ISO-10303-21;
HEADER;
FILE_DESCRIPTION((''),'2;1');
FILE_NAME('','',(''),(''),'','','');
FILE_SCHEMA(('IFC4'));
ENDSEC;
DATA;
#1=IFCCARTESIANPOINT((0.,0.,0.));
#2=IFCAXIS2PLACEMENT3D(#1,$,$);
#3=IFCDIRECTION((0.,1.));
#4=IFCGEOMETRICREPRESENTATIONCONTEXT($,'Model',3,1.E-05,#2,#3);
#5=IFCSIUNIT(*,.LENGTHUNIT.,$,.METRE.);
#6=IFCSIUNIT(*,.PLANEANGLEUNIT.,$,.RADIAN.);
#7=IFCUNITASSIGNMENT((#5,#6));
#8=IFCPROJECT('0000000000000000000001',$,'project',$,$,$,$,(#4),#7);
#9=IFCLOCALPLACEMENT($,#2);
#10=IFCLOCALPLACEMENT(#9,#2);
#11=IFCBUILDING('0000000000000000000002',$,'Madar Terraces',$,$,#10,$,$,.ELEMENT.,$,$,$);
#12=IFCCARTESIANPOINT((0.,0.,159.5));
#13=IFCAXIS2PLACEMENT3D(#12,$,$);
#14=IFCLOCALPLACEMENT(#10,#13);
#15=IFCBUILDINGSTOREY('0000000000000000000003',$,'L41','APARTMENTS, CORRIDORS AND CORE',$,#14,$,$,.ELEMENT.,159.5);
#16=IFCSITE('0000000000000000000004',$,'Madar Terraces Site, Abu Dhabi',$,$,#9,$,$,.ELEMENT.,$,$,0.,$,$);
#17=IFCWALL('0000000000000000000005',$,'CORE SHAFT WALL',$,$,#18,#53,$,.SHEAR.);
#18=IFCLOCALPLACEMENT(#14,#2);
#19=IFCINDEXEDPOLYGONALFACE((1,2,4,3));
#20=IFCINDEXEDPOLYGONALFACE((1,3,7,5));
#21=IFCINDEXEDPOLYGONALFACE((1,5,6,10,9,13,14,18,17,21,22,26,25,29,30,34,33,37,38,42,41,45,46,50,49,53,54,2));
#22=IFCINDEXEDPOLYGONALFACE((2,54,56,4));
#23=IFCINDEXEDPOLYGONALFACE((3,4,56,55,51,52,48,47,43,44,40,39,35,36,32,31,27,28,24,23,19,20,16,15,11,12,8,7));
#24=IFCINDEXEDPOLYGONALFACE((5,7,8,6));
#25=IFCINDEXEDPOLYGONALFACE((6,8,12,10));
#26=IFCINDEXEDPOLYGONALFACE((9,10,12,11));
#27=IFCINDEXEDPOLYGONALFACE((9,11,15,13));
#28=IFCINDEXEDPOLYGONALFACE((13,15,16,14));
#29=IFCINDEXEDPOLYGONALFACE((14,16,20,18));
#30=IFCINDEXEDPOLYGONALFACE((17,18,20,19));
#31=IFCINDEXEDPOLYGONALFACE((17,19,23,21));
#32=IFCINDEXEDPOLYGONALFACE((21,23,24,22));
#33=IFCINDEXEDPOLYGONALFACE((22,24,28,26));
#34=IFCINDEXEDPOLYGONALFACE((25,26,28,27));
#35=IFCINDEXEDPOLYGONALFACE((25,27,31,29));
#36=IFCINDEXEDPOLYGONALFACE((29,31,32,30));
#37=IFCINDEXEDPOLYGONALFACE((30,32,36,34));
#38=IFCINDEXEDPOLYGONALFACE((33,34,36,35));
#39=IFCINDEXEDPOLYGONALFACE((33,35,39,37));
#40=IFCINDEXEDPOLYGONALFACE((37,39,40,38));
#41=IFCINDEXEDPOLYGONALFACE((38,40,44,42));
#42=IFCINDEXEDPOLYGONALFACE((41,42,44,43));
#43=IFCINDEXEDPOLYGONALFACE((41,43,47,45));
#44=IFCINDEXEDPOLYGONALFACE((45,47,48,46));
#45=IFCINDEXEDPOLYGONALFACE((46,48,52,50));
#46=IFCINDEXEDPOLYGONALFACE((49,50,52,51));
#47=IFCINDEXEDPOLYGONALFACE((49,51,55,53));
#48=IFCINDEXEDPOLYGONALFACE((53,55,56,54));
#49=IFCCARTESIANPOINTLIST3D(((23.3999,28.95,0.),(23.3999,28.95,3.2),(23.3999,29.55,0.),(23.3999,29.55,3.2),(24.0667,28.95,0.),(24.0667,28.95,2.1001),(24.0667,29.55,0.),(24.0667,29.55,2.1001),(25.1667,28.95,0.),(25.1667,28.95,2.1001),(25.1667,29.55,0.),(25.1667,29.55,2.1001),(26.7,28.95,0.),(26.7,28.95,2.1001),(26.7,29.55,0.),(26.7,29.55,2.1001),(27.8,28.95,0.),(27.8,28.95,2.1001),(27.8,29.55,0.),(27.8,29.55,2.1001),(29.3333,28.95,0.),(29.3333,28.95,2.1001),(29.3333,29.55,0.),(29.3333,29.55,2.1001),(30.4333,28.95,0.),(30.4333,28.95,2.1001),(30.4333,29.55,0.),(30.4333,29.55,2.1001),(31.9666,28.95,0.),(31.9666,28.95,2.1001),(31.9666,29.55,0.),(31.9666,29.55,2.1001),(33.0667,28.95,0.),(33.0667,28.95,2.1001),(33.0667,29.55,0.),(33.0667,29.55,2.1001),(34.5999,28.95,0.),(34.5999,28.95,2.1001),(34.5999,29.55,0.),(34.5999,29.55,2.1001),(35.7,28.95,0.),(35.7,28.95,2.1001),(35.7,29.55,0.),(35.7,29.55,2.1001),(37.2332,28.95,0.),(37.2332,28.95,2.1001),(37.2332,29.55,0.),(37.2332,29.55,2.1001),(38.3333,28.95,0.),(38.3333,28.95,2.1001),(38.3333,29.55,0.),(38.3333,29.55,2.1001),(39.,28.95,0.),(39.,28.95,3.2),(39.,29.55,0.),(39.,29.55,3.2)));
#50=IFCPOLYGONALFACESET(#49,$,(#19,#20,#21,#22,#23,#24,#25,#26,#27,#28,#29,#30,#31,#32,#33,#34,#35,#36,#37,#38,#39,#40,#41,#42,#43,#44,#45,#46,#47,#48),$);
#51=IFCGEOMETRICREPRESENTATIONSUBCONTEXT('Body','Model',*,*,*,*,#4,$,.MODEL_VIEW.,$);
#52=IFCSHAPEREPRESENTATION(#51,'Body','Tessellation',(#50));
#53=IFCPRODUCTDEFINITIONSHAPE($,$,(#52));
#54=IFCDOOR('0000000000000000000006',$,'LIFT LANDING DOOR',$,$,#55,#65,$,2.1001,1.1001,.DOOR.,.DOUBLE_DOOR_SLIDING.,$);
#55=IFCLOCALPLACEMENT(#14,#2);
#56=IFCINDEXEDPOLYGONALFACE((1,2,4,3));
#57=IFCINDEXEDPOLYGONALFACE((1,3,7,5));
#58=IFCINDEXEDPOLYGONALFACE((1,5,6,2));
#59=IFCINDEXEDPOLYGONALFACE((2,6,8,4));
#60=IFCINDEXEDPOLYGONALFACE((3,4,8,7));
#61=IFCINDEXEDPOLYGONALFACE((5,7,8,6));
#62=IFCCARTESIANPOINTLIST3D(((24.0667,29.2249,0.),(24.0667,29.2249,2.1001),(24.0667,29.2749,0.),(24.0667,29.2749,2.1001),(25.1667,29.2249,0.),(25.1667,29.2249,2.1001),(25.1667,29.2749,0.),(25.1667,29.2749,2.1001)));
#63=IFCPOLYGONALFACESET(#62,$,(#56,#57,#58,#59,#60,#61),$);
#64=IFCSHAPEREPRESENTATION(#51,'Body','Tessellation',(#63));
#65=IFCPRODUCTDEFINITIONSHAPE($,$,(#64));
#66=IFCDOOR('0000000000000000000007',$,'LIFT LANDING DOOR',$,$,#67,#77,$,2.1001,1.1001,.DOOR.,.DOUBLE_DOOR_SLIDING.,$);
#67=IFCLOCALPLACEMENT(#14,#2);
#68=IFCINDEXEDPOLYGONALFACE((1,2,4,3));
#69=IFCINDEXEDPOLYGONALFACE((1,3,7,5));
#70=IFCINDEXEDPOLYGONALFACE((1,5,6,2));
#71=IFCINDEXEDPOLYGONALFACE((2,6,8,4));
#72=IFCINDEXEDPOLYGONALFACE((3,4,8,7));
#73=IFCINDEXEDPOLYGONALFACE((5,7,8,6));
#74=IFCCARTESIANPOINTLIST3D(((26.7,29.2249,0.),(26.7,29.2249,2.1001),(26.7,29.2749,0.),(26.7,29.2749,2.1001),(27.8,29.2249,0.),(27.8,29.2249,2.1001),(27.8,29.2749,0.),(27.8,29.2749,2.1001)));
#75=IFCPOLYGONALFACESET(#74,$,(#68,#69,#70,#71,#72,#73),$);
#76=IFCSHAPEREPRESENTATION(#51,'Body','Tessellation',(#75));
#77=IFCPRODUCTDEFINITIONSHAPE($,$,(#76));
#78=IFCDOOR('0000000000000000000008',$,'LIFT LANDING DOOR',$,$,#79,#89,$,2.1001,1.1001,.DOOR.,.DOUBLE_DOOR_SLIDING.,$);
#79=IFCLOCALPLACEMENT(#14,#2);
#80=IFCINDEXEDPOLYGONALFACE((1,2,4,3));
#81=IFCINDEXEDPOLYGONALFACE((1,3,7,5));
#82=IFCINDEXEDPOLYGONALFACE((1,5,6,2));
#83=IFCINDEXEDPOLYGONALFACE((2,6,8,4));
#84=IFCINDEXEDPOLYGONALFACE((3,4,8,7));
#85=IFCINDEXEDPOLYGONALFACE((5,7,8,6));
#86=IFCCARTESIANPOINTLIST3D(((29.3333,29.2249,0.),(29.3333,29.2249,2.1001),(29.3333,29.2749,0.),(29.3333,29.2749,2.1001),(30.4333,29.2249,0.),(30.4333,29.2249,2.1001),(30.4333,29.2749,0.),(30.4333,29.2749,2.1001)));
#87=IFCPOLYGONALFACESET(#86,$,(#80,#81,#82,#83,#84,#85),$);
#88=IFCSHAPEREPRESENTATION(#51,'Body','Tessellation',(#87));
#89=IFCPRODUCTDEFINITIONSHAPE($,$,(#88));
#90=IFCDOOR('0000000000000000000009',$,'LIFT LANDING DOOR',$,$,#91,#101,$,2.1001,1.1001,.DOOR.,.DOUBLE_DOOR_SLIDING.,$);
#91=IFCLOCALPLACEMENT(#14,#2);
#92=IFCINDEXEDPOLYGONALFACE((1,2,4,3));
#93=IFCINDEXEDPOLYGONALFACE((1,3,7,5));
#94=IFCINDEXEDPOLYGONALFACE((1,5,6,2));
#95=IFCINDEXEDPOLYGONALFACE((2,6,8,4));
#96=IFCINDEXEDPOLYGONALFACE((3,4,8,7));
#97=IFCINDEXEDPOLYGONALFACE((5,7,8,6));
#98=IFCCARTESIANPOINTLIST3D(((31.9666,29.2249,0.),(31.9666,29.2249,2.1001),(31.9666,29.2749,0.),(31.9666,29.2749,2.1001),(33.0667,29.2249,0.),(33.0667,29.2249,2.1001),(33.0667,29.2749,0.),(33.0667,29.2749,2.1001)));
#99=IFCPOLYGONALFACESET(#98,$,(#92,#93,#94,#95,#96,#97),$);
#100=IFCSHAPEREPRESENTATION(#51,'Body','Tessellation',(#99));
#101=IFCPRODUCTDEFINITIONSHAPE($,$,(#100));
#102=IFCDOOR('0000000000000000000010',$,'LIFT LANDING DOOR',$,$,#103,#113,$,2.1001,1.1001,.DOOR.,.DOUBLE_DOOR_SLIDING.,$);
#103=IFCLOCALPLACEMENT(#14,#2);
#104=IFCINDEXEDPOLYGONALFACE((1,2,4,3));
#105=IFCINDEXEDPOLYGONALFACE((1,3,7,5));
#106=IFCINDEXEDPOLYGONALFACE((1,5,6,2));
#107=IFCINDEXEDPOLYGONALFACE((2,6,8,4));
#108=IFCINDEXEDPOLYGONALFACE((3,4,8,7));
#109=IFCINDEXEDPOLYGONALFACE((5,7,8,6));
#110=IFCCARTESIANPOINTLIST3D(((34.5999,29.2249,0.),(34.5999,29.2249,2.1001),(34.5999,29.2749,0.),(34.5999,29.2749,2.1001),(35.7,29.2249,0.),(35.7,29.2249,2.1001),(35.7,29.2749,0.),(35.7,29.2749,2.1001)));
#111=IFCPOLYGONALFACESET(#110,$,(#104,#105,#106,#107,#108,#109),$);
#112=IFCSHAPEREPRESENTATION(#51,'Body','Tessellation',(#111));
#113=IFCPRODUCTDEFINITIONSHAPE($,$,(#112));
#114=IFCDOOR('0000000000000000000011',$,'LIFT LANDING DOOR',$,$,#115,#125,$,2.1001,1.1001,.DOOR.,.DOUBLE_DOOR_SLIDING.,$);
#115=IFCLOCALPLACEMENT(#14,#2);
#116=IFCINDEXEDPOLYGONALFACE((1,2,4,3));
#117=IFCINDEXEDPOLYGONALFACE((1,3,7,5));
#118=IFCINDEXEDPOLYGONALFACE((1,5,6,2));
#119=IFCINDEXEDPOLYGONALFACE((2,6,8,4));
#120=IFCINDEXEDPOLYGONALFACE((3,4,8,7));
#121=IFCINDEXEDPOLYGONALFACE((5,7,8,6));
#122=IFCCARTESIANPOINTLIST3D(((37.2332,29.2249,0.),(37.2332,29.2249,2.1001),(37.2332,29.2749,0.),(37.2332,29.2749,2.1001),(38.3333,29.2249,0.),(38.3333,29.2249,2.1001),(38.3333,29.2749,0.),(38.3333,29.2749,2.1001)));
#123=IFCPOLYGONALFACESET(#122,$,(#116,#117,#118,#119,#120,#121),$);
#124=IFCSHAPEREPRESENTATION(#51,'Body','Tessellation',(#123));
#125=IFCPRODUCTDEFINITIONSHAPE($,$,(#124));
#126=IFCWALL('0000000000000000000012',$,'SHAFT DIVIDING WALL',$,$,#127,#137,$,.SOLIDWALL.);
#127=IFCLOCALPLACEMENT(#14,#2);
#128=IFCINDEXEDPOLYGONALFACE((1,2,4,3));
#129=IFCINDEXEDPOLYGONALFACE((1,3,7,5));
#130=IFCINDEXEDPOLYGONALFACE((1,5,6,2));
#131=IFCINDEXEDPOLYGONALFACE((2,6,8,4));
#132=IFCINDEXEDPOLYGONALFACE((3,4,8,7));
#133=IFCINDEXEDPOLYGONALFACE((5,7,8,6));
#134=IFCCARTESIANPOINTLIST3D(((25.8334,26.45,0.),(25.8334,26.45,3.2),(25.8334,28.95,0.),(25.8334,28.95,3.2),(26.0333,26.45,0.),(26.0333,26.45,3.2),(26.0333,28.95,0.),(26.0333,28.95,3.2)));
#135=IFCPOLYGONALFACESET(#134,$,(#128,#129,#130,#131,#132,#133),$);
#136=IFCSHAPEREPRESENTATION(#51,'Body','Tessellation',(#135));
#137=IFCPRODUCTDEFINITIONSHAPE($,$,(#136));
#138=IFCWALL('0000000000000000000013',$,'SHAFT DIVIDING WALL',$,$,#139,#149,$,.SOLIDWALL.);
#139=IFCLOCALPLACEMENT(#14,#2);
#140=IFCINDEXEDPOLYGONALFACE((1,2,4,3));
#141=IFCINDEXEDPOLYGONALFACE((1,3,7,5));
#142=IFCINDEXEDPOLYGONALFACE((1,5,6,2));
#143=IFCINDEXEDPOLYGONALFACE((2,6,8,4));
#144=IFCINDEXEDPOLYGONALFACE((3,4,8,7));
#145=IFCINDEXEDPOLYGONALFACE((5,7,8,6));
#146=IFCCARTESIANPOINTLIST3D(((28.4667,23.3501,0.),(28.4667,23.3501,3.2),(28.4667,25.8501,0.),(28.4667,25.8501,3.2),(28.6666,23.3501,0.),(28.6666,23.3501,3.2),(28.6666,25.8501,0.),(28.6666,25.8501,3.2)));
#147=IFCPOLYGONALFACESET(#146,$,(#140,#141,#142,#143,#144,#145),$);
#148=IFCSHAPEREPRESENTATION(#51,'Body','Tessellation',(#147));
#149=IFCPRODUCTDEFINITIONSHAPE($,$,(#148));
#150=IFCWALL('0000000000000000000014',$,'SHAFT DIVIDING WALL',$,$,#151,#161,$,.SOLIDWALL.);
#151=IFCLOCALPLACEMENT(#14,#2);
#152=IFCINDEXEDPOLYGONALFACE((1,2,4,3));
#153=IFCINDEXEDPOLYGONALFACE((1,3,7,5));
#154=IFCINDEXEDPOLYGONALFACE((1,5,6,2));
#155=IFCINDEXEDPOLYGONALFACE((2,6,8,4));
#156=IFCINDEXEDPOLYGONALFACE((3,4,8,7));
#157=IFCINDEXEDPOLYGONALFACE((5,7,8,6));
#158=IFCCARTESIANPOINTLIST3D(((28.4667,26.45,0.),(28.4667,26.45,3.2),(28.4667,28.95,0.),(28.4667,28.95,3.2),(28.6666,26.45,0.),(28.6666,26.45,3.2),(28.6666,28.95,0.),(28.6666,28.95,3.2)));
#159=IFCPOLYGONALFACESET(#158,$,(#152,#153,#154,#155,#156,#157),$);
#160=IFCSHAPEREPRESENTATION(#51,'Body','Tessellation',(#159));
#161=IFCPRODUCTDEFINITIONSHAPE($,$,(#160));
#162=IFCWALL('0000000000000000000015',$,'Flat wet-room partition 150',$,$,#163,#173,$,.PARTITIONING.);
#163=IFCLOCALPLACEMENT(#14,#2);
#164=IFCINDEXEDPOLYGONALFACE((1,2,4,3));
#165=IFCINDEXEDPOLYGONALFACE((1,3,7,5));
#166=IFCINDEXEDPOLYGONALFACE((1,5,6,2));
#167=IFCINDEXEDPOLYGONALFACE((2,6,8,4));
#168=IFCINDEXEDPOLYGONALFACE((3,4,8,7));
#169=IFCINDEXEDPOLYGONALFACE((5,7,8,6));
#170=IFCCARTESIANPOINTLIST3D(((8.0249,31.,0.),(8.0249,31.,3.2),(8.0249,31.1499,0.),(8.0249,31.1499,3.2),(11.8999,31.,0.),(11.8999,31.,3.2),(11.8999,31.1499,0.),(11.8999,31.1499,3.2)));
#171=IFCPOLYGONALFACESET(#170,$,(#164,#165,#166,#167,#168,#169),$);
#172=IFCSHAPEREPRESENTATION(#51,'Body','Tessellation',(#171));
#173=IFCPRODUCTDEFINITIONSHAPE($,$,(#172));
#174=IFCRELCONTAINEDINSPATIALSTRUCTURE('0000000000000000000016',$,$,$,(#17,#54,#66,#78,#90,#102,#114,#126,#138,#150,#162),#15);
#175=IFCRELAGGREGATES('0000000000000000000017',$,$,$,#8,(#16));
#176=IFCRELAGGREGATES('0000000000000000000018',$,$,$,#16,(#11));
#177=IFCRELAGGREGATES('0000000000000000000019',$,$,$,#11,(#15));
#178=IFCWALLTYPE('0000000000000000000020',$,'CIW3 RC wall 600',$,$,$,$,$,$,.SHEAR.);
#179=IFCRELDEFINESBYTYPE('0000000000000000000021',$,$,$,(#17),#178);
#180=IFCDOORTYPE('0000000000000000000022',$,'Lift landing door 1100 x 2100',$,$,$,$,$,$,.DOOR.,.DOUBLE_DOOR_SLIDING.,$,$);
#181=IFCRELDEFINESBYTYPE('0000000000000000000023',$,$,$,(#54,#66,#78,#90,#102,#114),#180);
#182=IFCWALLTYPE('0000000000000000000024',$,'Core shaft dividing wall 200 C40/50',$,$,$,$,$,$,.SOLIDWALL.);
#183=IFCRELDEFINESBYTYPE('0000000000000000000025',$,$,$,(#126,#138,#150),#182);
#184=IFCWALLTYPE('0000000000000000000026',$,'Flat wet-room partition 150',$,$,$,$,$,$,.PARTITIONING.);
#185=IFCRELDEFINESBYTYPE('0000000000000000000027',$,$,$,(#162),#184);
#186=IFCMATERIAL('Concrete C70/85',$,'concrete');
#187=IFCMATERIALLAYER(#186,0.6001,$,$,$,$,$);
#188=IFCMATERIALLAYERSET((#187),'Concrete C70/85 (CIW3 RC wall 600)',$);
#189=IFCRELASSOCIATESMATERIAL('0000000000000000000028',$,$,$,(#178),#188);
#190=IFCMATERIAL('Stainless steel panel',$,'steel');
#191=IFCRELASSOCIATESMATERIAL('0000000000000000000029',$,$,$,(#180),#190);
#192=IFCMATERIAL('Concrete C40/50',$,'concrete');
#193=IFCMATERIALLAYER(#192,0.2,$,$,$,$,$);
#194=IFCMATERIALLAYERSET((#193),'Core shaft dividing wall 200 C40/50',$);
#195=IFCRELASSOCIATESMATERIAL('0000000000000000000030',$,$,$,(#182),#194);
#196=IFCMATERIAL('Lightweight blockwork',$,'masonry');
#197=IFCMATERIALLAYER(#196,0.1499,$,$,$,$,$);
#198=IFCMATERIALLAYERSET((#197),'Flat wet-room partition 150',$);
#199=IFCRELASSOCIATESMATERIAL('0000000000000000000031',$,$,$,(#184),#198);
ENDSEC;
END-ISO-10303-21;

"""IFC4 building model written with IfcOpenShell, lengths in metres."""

from ifc_helpers import new_model, si_unit, direction, frame, frame_2d, origin, place, context, subcontext, project, spatial, rectangle, extrude, material, layer, layer_set, type_object, element, fill, save


model = new_model("IFC4")

# Units and contexts
model_context = context("Model", 3, precision=1e-05, world=origin(), true_north=direction((0.0, 1.0)))
body_context = subcontext(model_context, "Body", "Model", "MODEL_VIEW")
ifc_project = project(units=[si_unit("LENGTHUNIT", "METRE"), si_unit("PLANEANGLEUNIT", "RADIAN")], contexts=[model_context])

# Site, building, storey
site_placement = place(None, origin())
site = spatial("IfcSite", under=ifc_project, at=site_placement, Name="Madar Terraces Site, Abu Dhabi", CompositionType="ELEMENT", RefElevation=0.0)
building_placement = place(site_placement, origin())
building = spatial("IfcBuilding", under=site, at=building_placement, Name="Madar Terraces", CompositionType="ELEMENT")
storey_placement = place(building_placement, frame((0.0, 0.0, 159.5)))
storey = spatial("IfcBuildingStorey", under=building, at=storey_placement, Name="L41", Description="APARTMENTS, CORRIDORS AND CORE", CompositionType="ELEMENT", Elevation=159.5)

# Shared definitions
ifc_material_1 = material(Name="Concrete C70/85", Category="concrete")
ifc_layer_1 = layer(ifc_material_1, 0.6001)
ifc_layer_set_1 = layer_set([ifc_layer_1], Name="Concrete C70/85 (CIW3 RC wall 600)")
wall_type_1 = type_object("IfcWallType", Name="CIW3 RC wall 600", PredefinedType="SHEAR", material=ifc_layer_set_1)

# Wall, openings, doors
wall_1_placement = place(storey_placement, frame((23.3999, 29.25, 0.0), z_axis=(0.0, 0.0, 1.0), x_axis=(1.0, 0.0, 0.0)))
wall_1 = element("IfcWall", 1, at=wall_1_placement, inside=storey, type_object=wall_type_1, Name="CORE SHAFT WALL", PredefinedType="SHEAR", context=body_context, shape_type="SweptSolid", body=[
    extrude(rectangle(XDim=15.6001, YDim=0.6001, at=frame_2d((7.8, 0.0))), origin(), (0.0, 0.0, 1.0), 3.2),
])
opening_1_placement = place(wall_1_placement, frame((0.6667, 0.0, 0.0)))
opening_1 = element("IfcOpeningElement", 2, at=opening_1_placement, cuts=wall_1, PredefinedType="OPENING", context=body_context, shape_type="SweptSolid", body=[
    extrude(rectangle(XDim=1.1001, YDim=2.1001, at=frame_2d((0.55, 1.05))), frame((0.0, 0.3101, 0.0), z_axis=(0.0, -1.0, 0.0), x_axis=(1.0, 0.0, 0.0)), (0.0, 0.0, 1.0), 0.6201),
])
opening_2_placement = place(wall_1_placement, frame((3.3, 0.0, 0.0)))
opening_2 = element("IfcOpeningElement", 3, at=opening_2_placement, cuts=wall_1, PredefinedType="OPENING", context=body_context, shape_type="SweptSolid", body=[
    extrude(rectangle(XDim=1.1001, YDim=2.1001, at=frame_2d((0.55, 1.05))), frame((0.0, 0.3101, 0.0), z_axis=(0.0, -1.0, 0.0), x_axis=(1.0, 0.0, 0.0)), (0.0, 0.0, 1.0), 0.6201),
])
opening_3_placement = place(wall_1_placement, frame((5.9333, 0.0, 0.0)))
opening_3 = element("IfcOpeningElement", 4, at=opening_3_placement, cuts=wall_1, PredefinedType="OPENING", context=body_context, shape_type="SweptSolid", body=[
    extrude(rectangle(XDim=1.1001, YDim=2.1001, at=frame_2d((0.55, 1.05))), frame((0.0, 0.3101, 0.0), z_axis=(0.0, -1.0, 0.0), x_axis=(1.0, 0.0, 0.0)), (0.0, 0.0, 1.0), 0.6201),
])
opening_4_placement = place(wall_1_placement, frame((8.5667, 0.0, 0.0)))
opening_4 = element("IfcOpeningElement", 5, at=opening_4_placement, cuts=wall_1, PredefinedType="OPENING", context=body_context, shape_type="SweptSolid", body=[
    extrude(rectangle(XDim=1.1001, YDim=2.1001, at=frame_2d((0.55, 1.05))), frame((0.0, 0.3101, 0.0), z_axis=(0.0, -1.0, 0.0), x_axis=(1.0, 0.0, 0.0)), (0.0, 0.0, 1.0), 0.6201),
])
opening_5_placement = place(wall_1_placement, frame((11.2, 0.0, 0.0)))
opening_5 = element("IfcOpeningElement", 6, at=opening_5_placement, cuts=wall_1, PredefinedType="OPENING", context=body_context, shape_type="SweptSolid", body=[
    extrude(rectangle(XDim=1.1001, YDim=2.1001, at=frame_2d((0.55, 1.05))), frame((0.0, 0.3101, 0.0), z_axis=(0.0, -1.0, 0.0), x_axis=(1.0, 0.0, 0.0)), (0.0, 0.0, 1.0), 0.6201),
])
opening_6_placement = place(wall_1_placement, frame((13.8333, 0.0, 0.0)))
opening_6 = element("IfcOpeningElement", 7, at=opening_6_placement, cuts=wall_1, PredefinedType="OPENING", context=body_context, shape_type="SweptSolid", body=[
    extrude(rectangle(XDim=1.1001, YDim=2.1001, at=frame_2d((0.55, 1.05))), frame((0.0, 0.3101, 0.0), z_axis=(0.0, -1.0, 0.0), x_axis=(1.0, 0.0, 0.0)), (0.0, 0.0, 1.0), 0.6201),
])
ifc_material_2 = material(Name="Stainless steel panel", Category="steel")
door_type_1 = type_object("IfcDoorType", Name="Lift landing door 1100 x 2100", OperationType="DOUBLE_DOOR_SLIDING", PredefinedType="DOOR", material=ifc_material_2)
door_1_placement = place(opening_1_placement, origin())
door_1 = element("IfcDoor", 8, at=door_1_placement, inside=storey, type_object=door_type_1, Name="LIFT LANDING DOOR", OperationType="DOUBLE_DOOR_SLIDING", OverallHeight=2.1001, OverallWidth=1.1001, PredefinedType="DOOR", context=body_context, shape_type="SweptSolid", body=[
    extrude(rectangle(XDim=1.1001, YDim=2.1001, at=frame_2d((0.55, 1.05))), frame((0.0, 0.0249, 0.0), z_axis=(0.0, -1.0, 0.0), x_axis=(1.0, 0.0, 0.0)), (0.0, 0.0, 1.0), 0.05),
])
fill(opening_1, door_1)
door_2_placement = place(opening_2_placement, origin())
door_2 = element("IfcDoor", 9, at=door_2_placement, inside=storey, type_object=door_type_1, Name="LIFT LANDING DOOR", OperationType="DOUBLE_DOOR_SLIDING", OverallHeight=2.1001, OverallWidth=1.1001, PredefinedType="DOOR", context=body_context, shape_type="SweptSolid", body=[
    extrude(rectangle(XDim=1.1001, YDim=2.1001, at=frame_2d((0.55, 1.05))), frame((0.0, 0.0249, 0.0), z_axis=(0.0, -1.0, 0.0), x_axis=(1.0, 0.0, 0.0)), (0.0, 0.0, 1.0), 0.05),
])
fill(opening_2, door_2)
door_3_placement = place(opening_3_placement, origin())
door_3 = element("IfcDoor", 10, at=door_3_placement, inside=storey, type_object=door_type_1, Name="LIFT LANDING DOOR", OperationType="DOUBLE_DOOR_SLIDING", OverallHeight=2.1001, OverallWidth=1.1001, PredefinedType="DOOR", context=body_context, shape_type="SweptSolid", body=[
    extrude(rectangle(XDim=1.1001, YDim=2.1001, at=frame_2d((0.55, 1.05))), frame((0.0, 0.0249, 0.0), z_axis=(0.0, -1.0, 0.0), x_axis=(1.0, 0.0, 0.0)), (0.0, 0.0, 1.0), 0.05),
])
fill(opening_3, door_3)
door_4_placement = place(opening_4_placement, origin())
door_4 = element("IfcDoor", 11, at=door_4_placement, inside=storey, type_object=door_type_1, Name="LIFT LANDING DOOR", OperationType="DOUBLE_DOOR_SLIDING", OverallHeight=2.1001, OverallWidth=1.1001, PredefinedType="DOOR", context=body_context, shape_type="SweptSolid", body=[
    extrude(rectangle(XDim=1.1001, YDim=2.1001, at=frame_2d((0.55, 1.05))), frame((0.0, 0.0249, 0.0), z_axis=(0.0, -1.0, 0.0), x_axis=(1.0, 0.0, 0.0)), (0.0, 0.0, 1.0), 0.05),
])
fill(opening_4, door_4)
door_5_placement = place(opening_5_placement, origin())
door_5 = element("IfcDoor", 12, at=door_5_placement, inside=storey, type_object=door_type_1, Name="LIFT LANDING DOOR", OperationType="DOUBLE_DOOR_SLIDING", OverallHeight=2.1001, OverallWidth=1.1001, PredefinedType="DOOR", context=body_context, shape_type="SweptSolid", body=[
    extrude(rectangle(XDim=1.1001, YDim=2.1001, at=frame_2d((0.55, 1.05))), frame((0.0, 0.0249, 0.0), z_axis=(0.0, -1.0, 0.0), x_axis=(1.0, 0.0, 0.0)), (0.0, 0.0, 1.0), 0.05),
])
fill(opening_5, door_5)
door_6_placement = place(opening_6_placement, origin())
door_6 = element("IfcDoor", 13, at=door_6_placement, inside=storey, type_object=door_type_1, Name="LIFT LANDING DOOR", OperationType="DOUBLE_DOOR_SLIDING", OverallHeight=2.1001, OverallWidth=1.1001, PredefinedType="DOOR", context=body_context, shape_type="SweptSolid", body=[
    extrude(rectangle(XDim=1.1001, YDim=2.1001, at=frame_2d((0.55, 1.05))), frame((0.0, 0.0249, 0.0), z_axis=(0.0, -1.0, 0.0), x_axis=(1.0, 0.0, 0.0)), (0.0, 0.0, 1.0), 0.05),
])
fill(opening_6, door_6)

# Walls
ifc_material_3 = material(Name="Concrete C40/50", Category="concrete")
ifc_layer_2 = layer(ifc_material_3, 0.2)
ifc_layer_set_2 = layer_set([ifc_layer_2], Name="Core shaft dividing wall 200 C40/50")
wall_type_2 = type_object("IfcWallType", Name="Core shaft dividing wall 200 C40/50", PredefinedType="SOLIDWALL", material=ifc_layer_set_2)
for number, where, z_axis, x_axis, name in (
    (14, (25.9333, 26.45, 0.0), (0.0, 0.0, 1.0), (0.0, 1.0, 0.0), "SHAFT DIVIDING WALL"),
    (15, (28.5667, 23.3501, 0.0), (0.0, 0.0, 1.0), (0.0, 1.0, 0.0), "SHAFT DIVIDING WALL"),
    (16, (28.5667, 26.45, 0.0), (0.0, 0.0, 1.0), (0.0, 1.0, 0.0), "SHAFT DIVIDING WALL"),
):
    element("IfcWall", number, at=place(storey_placement, frame(where, z_axis=z_axis, x_axis=x_axis)), inside=storey, type_object=wall_type_2, Name=name, PredefinedType="SOLIDWALL", context=body_context, shape_type="SweptSolid", body=[
        extrude(rectangle(XDim=2.5, YDim=0.2, at=frame_2d((1.25, 0.0))), origin(), (0.0, 0.0, 1.0), 3.2),
    ])
ifc_material_4 = material(Name="Lightweight blockwork", Category="masonry")
ifc_layer_3 = layer(ifc_material_4, 0.1499)
ifc_layer_set_3 = layer_set([ifc_layer_3], Name="Flat wet-room partition 150")
wall_type_3 = type_object("IfcWallType", Name="Flat wet-room partition 150", PredefinedType="PARTITIONING", material=ifc_layer_set_3)
wall_2_placement = place(storey_placement, frame((11.8999, 31.075, 0.0), z_axis=(0.0, 0.0, 1.0), x_axis=(-1.0, 0.0, 0.0)))
element("IfcWall", 17, at=wall_2_placement, inside=storey, type_object=wall_type_3, Name="Flat wet-room partition 150", PredefinedType="PARTITIONING", context=body_context, shape_type="SweptSolid", body=[
    extrude(rectangle(XDim=3.875, YDim=0.1499, at=frame_2d((1.9375, 0.0))), origin(), (0.0, 0.0, 1.0), 3.2),
])

save(model, "model.ifc")
